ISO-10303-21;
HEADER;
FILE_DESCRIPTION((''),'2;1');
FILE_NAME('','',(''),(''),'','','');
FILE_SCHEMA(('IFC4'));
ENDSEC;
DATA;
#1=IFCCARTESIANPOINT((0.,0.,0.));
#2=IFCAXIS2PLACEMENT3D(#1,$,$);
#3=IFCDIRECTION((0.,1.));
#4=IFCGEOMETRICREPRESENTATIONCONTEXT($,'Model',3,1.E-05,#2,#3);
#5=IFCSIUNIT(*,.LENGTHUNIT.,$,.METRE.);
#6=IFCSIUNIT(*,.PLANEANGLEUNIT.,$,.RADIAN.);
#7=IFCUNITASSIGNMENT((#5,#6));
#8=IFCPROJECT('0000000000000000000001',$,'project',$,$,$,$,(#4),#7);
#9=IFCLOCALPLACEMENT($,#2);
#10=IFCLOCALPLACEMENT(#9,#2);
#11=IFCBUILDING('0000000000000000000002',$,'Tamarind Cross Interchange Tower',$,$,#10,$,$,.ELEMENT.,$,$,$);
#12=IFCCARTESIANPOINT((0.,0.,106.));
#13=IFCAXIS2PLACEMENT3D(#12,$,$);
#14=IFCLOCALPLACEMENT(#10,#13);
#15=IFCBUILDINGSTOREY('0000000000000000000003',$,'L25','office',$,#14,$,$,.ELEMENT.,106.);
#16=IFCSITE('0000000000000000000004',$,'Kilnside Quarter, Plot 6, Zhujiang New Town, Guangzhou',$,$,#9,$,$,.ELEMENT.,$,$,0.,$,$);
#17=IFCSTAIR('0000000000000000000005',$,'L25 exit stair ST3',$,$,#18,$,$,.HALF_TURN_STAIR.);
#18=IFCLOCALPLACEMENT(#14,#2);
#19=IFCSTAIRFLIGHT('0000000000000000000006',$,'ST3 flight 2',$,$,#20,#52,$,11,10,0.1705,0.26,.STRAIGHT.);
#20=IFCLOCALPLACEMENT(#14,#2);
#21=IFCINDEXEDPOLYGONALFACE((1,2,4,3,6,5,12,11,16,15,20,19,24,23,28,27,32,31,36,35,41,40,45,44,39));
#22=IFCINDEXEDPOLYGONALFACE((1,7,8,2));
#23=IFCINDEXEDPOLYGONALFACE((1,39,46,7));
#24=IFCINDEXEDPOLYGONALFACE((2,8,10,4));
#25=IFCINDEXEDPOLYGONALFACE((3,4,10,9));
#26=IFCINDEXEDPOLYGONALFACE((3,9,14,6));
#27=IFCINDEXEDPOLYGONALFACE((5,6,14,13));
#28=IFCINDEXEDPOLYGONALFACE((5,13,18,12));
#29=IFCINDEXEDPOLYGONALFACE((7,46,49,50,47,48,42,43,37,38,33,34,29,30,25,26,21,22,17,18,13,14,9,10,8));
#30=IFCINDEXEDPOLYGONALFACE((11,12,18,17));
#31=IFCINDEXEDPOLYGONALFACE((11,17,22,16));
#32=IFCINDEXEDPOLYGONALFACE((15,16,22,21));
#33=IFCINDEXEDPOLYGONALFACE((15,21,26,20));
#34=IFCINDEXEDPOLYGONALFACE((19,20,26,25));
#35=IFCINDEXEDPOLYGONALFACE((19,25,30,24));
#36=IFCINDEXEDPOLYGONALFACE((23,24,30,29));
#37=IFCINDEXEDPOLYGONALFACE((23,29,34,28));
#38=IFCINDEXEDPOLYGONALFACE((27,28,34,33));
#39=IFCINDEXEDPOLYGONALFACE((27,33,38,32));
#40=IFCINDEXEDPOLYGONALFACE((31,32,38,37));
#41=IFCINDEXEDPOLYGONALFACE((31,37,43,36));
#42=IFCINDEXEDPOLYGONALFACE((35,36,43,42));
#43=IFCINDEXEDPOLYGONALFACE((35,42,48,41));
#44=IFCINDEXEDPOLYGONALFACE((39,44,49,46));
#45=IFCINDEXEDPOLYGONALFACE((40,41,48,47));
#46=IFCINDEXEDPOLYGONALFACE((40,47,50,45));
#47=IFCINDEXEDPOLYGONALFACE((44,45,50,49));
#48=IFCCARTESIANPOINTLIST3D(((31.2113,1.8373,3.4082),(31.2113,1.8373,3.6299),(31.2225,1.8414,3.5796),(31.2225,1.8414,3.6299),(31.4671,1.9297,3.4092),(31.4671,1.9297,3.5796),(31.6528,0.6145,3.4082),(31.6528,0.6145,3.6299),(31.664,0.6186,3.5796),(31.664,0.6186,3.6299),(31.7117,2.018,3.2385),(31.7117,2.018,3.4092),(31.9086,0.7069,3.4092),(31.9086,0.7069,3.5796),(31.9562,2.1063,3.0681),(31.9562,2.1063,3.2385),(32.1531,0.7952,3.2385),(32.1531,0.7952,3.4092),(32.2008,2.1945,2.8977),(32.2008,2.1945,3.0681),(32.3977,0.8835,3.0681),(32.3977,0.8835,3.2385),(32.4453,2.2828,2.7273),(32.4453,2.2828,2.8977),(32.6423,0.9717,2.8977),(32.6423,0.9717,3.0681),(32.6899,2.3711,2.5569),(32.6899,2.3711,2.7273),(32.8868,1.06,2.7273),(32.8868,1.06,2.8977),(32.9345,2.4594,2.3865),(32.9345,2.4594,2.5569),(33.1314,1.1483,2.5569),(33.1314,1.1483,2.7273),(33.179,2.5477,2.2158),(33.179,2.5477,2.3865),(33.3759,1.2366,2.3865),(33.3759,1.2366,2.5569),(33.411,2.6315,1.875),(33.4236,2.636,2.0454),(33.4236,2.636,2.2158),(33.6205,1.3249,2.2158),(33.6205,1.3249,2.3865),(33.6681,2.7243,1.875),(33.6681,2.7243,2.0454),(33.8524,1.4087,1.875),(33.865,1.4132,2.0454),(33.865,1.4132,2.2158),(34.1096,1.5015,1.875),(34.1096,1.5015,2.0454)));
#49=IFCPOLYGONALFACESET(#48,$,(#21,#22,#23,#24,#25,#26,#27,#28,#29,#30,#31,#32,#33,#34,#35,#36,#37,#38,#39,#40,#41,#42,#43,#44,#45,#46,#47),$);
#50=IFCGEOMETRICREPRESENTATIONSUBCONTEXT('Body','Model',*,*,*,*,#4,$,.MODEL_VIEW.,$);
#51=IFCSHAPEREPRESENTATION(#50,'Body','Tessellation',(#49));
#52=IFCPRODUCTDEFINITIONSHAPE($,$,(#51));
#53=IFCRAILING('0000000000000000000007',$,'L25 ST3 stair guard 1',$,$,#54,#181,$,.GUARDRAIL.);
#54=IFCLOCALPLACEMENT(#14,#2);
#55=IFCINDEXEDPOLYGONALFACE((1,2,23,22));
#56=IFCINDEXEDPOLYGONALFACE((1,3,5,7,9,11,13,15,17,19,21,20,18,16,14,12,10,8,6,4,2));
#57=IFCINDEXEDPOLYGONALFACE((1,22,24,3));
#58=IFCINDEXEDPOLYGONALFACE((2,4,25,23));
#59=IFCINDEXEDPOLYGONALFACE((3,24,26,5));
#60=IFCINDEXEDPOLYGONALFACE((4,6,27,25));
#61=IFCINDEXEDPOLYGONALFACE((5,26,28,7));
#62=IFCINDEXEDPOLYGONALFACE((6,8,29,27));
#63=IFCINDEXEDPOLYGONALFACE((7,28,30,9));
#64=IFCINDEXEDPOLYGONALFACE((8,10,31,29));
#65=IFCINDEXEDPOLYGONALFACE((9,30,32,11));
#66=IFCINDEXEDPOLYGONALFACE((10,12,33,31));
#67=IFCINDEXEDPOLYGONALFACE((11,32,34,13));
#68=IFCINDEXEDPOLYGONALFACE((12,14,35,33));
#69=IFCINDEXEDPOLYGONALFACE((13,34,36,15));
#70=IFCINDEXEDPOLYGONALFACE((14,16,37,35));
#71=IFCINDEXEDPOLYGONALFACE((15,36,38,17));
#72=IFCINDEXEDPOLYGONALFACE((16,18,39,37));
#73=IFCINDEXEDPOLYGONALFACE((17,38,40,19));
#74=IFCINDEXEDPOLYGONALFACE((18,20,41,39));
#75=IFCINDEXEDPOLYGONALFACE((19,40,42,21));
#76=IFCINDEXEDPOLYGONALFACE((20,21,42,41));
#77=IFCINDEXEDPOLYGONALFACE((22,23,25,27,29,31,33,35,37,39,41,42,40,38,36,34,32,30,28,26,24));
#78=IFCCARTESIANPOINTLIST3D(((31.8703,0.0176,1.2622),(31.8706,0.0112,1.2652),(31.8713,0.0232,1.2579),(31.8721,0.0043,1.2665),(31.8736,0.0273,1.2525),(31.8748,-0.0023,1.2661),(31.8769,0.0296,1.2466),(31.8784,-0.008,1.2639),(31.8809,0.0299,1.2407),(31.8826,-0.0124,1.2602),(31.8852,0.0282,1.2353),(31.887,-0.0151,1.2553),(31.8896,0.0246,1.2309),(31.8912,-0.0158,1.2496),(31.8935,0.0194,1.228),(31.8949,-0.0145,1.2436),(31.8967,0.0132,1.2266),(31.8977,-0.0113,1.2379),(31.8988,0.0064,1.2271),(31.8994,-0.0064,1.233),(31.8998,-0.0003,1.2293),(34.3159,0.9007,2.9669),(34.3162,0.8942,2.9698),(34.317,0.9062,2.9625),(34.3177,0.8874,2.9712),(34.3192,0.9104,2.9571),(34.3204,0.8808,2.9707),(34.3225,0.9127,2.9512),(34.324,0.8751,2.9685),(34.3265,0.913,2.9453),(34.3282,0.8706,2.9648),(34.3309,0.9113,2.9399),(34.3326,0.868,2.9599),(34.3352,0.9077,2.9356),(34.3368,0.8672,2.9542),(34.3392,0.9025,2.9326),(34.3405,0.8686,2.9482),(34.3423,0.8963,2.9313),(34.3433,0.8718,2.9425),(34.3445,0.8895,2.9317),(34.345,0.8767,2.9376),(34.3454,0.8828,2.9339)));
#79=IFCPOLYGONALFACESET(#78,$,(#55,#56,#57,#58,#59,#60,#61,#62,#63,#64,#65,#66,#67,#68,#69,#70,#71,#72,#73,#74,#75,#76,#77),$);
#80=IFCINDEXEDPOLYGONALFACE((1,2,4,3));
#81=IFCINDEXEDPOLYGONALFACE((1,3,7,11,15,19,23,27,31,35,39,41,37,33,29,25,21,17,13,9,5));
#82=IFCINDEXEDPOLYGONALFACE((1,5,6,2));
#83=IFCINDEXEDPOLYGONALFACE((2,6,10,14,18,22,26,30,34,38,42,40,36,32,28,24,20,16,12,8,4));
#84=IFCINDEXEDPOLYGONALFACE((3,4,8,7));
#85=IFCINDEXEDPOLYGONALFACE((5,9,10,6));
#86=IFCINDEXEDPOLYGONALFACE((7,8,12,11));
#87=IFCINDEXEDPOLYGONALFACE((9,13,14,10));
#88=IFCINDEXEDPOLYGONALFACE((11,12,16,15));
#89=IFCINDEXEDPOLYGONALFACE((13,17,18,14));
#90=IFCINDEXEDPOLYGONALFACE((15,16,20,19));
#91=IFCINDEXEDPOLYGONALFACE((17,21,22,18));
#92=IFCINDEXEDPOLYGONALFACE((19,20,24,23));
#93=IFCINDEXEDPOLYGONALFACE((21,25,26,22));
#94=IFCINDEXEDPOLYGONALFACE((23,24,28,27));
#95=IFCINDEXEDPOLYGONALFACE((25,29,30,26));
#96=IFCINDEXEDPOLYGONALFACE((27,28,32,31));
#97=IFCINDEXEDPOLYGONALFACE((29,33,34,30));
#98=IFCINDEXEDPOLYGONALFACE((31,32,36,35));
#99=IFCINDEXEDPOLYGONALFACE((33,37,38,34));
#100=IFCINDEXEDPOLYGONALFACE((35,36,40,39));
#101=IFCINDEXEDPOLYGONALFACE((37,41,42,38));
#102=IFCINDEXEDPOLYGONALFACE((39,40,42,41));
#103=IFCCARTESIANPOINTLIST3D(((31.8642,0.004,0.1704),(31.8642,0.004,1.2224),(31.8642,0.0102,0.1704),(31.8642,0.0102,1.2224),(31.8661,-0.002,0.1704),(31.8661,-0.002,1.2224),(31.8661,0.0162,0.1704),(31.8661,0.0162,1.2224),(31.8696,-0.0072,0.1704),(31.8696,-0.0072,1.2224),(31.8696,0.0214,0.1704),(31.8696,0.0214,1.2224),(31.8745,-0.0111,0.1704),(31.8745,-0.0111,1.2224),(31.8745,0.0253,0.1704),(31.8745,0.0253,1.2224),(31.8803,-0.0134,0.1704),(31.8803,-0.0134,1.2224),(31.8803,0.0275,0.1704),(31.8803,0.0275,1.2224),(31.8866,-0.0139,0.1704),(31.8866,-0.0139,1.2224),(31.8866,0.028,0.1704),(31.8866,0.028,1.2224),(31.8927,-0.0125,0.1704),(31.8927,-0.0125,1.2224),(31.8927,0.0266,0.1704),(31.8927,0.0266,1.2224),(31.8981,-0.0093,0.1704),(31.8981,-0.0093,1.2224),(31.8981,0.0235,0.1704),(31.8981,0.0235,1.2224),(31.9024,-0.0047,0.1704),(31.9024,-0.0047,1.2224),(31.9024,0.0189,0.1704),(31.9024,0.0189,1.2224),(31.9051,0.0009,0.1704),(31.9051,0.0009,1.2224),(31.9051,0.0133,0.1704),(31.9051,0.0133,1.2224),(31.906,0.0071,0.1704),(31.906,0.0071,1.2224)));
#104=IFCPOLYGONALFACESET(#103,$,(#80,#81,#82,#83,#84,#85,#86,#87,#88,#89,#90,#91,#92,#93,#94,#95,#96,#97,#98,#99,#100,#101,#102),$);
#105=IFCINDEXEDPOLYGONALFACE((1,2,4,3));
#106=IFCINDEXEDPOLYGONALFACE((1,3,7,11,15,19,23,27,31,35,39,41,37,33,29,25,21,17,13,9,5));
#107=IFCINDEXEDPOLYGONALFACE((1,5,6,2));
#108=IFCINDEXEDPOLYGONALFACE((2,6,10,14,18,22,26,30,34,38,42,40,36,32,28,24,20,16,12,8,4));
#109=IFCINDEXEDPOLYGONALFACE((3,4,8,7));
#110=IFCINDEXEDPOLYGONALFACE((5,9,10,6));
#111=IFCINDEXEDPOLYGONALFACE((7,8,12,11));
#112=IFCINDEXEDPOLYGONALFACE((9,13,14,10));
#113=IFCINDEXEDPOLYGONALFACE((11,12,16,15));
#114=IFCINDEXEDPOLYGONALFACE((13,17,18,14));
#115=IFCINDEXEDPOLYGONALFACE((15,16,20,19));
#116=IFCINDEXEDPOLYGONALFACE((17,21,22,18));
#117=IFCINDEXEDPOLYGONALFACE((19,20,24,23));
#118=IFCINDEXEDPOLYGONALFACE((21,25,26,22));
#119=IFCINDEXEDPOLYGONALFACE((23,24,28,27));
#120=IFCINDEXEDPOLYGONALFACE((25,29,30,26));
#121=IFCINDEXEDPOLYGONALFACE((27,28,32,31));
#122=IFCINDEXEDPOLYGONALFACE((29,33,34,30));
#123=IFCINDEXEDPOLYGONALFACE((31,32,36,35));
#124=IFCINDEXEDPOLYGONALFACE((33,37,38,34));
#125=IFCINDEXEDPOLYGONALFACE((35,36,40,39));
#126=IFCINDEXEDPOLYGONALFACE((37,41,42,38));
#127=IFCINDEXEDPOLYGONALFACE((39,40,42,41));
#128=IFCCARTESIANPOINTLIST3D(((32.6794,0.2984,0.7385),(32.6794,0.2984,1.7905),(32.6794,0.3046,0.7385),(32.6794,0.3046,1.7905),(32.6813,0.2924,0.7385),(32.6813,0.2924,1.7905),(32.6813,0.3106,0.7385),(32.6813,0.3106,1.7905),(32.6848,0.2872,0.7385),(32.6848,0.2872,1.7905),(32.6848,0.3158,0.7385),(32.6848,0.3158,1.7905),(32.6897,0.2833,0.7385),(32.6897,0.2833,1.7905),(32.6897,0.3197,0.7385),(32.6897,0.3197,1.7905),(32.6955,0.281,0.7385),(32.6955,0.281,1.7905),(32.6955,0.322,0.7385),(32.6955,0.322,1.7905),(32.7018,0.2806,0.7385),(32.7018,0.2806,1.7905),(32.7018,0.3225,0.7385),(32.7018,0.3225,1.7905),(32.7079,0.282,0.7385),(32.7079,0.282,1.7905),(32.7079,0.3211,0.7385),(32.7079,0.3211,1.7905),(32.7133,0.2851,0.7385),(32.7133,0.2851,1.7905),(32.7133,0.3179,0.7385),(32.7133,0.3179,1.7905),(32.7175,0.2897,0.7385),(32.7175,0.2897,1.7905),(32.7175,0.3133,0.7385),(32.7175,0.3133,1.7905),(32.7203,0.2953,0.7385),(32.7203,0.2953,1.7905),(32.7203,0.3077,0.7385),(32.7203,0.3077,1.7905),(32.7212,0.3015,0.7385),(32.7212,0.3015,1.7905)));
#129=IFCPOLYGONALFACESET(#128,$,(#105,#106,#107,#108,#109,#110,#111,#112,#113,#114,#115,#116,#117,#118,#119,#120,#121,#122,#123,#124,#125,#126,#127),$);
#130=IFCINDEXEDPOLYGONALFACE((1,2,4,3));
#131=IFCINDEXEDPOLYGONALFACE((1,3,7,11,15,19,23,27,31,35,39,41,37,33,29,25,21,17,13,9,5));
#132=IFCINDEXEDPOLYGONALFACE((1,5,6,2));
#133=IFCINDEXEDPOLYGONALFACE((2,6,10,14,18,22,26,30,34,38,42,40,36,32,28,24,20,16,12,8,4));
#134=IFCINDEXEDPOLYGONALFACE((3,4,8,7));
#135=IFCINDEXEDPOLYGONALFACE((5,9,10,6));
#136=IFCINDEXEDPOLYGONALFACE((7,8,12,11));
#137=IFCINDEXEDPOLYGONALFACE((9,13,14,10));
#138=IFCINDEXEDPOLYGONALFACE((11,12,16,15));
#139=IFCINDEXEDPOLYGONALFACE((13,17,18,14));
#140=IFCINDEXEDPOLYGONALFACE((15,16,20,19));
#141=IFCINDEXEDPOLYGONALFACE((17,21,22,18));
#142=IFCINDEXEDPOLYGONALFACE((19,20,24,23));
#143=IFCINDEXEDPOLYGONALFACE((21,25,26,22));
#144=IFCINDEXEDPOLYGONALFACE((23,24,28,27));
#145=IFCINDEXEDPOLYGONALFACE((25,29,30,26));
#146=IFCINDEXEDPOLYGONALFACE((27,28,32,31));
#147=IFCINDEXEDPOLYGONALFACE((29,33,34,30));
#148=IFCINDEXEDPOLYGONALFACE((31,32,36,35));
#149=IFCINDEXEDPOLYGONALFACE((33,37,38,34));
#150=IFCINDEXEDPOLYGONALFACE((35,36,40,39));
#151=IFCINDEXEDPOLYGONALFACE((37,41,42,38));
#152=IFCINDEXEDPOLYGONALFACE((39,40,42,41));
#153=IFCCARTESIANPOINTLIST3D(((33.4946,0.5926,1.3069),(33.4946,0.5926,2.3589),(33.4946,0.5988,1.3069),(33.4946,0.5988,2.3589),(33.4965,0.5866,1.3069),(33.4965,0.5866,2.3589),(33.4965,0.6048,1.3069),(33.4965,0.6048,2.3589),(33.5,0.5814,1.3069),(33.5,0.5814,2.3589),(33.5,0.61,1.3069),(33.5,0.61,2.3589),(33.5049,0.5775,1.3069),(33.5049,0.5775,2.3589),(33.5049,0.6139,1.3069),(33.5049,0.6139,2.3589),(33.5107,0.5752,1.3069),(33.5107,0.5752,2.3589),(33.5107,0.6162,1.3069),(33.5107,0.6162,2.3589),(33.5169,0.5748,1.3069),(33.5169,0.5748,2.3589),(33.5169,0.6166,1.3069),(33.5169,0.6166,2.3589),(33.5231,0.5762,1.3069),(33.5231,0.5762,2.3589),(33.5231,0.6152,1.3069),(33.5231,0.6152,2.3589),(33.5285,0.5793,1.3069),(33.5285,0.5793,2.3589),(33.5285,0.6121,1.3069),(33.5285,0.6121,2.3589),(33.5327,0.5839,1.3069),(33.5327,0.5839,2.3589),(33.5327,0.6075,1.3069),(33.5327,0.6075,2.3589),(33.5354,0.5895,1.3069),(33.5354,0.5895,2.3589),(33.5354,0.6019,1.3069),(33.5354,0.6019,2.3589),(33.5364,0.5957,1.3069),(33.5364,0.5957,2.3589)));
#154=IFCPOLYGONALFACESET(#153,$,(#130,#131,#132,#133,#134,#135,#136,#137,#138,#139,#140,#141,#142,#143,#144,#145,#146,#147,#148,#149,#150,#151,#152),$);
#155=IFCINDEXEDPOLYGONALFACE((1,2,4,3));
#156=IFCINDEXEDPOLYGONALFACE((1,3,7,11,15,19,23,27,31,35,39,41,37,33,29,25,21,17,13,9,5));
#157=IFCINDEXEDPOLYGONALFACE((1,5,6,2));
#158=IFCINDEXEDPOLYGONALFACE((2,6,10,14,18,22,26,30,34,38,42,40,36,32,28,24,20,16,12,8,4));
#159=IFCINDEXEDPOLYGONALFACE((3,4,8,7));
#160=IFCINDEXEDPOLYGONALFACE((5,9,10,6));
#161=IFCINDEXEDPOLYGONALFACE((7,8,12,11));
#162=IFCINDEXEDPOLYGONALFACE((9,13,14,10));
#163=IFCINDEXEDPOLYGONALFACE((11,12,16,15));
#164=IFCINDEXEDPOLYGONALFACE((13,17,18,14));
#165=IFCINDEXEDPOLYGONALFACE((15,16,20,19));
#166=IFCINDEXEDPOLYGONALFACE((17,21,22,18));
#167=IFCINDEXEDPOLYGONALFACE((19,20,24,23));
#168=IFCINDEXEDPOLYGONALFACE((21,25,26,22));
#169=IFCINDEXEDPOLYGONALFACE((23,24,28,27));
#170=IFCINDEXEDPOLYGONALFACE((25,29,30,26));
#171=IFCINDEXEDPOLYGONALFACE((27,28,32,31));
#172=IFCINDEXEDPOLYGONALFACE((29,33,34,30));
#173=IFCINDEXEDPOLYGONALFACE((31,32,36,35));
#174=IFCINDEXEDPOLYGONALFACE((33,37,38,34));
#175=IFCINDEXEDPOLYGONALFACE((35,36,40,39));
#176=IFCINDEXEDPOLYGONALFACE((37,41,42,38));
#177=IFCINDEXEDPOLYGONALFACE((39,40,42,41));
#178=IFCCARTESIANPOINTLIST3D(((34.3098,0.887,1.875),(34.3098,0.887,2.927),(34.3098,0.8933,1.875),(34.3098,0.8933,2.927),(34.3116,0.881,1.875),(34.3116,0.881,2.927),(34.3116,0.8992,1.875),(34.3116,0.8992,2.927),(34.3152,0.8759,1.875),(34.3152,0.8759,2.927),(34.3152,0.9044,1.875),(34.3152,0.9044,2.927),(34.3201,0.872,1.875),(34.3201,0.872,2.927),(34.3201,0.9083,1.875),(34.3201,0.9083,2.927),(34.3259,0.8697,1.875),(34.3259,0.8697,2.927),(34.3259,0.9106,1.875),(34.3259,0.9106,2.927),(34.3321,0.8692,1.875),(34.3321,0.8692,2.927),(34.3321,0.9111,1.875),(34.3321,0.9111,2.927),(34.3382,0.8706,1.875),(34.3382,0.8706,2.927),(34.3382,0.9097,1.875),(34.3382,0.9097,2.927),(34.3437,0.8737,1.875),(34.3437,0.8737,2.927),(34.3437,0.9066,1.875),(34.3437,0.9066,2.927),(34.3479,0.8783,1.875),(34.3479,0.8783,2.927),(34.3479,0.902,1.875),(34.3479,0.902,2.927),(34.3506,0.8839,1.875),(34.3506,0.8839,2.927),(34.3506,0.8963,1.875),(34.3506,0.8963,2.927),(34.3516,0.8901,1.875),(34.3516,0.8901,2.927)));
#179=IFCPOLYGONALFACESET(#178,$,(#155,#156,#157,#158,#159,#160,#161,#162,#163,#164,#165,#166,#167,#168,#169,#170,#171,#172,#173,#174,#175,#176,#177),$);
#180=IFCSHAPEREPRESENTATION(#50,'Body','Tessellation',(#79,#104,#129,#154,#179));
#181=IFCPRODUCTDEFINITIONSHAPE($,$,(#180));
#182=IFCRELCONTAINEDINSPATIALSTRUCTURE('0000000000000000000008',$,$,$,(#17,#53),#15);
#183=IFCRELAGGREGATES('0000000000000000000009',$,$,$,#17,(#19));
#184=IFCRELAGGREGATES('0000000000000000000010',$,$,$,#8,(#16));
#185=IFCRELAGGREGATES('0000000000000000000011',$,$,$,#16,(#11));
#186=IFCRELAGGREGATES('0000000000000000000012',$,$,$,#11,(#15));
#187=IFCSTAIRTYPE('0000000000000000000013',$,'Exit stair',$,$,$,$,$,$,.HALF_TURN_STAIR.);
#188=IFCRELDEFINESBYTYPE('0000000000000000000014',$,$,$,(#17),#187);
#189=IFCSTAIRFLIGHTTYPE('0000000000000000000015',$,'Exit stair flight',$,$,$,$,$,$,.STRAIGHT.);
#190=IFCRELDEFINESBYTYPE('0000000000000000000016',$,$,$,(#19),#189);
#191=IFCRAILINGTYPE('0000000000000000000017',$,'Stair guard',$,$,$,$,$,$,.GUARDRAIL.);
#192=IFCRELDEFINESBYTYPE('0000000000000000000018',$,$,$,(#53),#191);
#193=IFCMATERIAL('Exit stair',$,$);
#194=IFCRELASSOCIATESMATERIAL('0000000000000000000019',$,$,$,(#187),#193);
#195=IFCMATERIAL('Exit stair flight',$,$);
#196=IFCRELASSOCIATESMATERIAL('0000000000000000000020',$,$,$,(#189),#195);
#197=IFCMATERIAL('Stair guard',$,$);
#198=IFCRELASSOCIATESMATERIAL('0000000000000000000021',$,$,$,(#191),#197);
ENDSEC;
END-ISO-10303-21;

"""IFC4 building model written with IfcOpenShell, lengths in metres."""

from ifc_helpers import new_model, si_unit, direction, frame, origin, origin_2d, place, context, subcontext, project, spatial, polyline, circle, outline, extrude, material, type_object, element, aggregate, save


model = new_model("IFC4")

# Units and contexts
model_context = context("Model", 3, precision=1e-05, world=origin(), true_north=direction((0.0, 1.0)))
body_context = subcontext(model_context, "Body", "Model", "MODEL_VIEW")
ifc_project = project(units=[si_unit("LENGTHUNIT", "METRE"), si_unit("PLANEANGLEUNIT", "RADIAN")], contexts=[model_context])

# Site, building, storey
site_placement = place(None, origin())
site = spatial("IfcSite", under=ifc_project, at=site_placement, Name="Kilnside Quarter, Plot 6, Zhujiang New Town, Guangzhou", CompositionType="ELEMENT", RefElevation=0.0)
building_placement = place(site_placement, origin())
building = spatial("IfcBuilding", under=site, at=building_placement, Name="Tamarind Cross Interchange Tower", CompositionType="ELEMENT")
storey_placement = place(building_placement, frame((0.0, 0.0, 106.0)))
storey = spatial("IfcBuildingStorey", under=building, at=storey_placement, Name="L25", Description="office", CompositionType="ELEMENT", Elevation=106.0)

# Stair, stair flight
ifc_material_1 = material(Name="Exit stair")
stair_type = type_object("IfcStairType", Name="Exit stair", PredefinedType="HALF_TURN_STAIR", material=ifc_material_1)
stair_placement = place(storey_placement, origin())
stair = element("IfcStair", 1, at=stair_placement, inside=storey, type_object=stair_type, Name="L25 exit stair ST3", PredefinedType="HALF_TURN_STAIR")
ifc_material_2 = material(Name="Exit stair flight")
stair_flight_type = type_object("IfcStairFlightType", Name="Exit stair flight", PredefinedType="STRAIGHT", material=ifc_material_2)
stair_flight_placement = place(storey_placement, frame((33.8889, 2.1128, 1.875), z_axis=(0.0, 0.0, 1.0), x_axis=(-0.940578, -0.339579, 0.0)))
stair_flight = element("IfcStairFlight", 2, at=stair_flight_placement, type_object=stair_flight_type, Name="ST3 flight 2", NumberOfRisers=11, NumberOfTreads=10, PredefinedType="STRAIGHT", RiserHeight=0.1705, TreadLength=0.26, context=body_context, shape_type="SweptSolid", body=[
    extrude(outline(polyline([(0.0, 0.0), (0.0, 0.1704), (0.26, 0.1704), (0.26, 0.3408), (0.52, 0.3408), (0.52, 0.5115), (0.78, 0.5115), (0.78, 0.6819), (1.04, 0.6819), (1.04, 0.8523), (1.3, 0.8523), (1.3, 1.0227), (1.5601, 1.0227), (1.5601, 1.1931), (1.8201, 1.1931), (1.8201, 1.3635), (2.0801, 1.3635), (2.0801, 1.5342), (2.3401, 1.5342), (2.3401, 1.7046), (2.6001, 1.7046), (2.6001, 1.7549), (2.6121, 1.7549), (2.6121, 1.5332), (0.2734, 0.0), (0.0, 0.0)])), frame((0.0, 0.6499, 0.0), z_axis=(0.0, -1.0, 0.0), x_axis=(1.0, 0.0, 0.0)), (0.0, 0.0, 1.0), 1.3),
])
aggregate(stair, [stair_flight])

# Railing
ifc_material_3 = material(Name="Stair guard")
railing_type_1 = type_object("IfcRailingType", Name="Stair guard", PredefinedType="GUARDRAIL", material=ifc_material_3)
railing_1_placement = place(storey_placement, frame((31.885, 0.0071, 0.1704)))
element("IfcRailing", 3, at=railing_1_placement, inside=storey, type_object=railing_type_1, Name="L25 ST3 stair guard 1", PredefinedType="GUARDRAIL", context=body_context, shape_type="SweptSolid", body=[
    extrude(circle(Radius=0.0239, at=origin_2d()), frame((0.0, 0.0, 1.0762), z_axis=(0.786594, 0.284028, 0.548268), x_axis=(-0.339624, 0.940561, 0.0)), (0.0, 0.0, 1.0), 3.1091),
    extrude(circle(Radius=0.021, at=origin_2d()), origin(), (0.0, 0.0, 1.0), 1.052),
    extrude(circle(Radius=0.021, at=origin_2d()), frame((0.8152, 0.2944, 0.5681)), (0.0, 0.0, 1.0), 1.052),
    extrude(circle(Radius=0.021, at=origin_2d()), frame((1.6304, 0.5886, 1.1365)), (0.0, 0.0, 1.0), 1.052),
    extrude(circle(Radius=0.021, at=origin_2d()), frame((2.4456, 0.8831, 1.7046)), (0.0, 0.0, 1.0), 1.052),
])

save(model, "model.ifc")
